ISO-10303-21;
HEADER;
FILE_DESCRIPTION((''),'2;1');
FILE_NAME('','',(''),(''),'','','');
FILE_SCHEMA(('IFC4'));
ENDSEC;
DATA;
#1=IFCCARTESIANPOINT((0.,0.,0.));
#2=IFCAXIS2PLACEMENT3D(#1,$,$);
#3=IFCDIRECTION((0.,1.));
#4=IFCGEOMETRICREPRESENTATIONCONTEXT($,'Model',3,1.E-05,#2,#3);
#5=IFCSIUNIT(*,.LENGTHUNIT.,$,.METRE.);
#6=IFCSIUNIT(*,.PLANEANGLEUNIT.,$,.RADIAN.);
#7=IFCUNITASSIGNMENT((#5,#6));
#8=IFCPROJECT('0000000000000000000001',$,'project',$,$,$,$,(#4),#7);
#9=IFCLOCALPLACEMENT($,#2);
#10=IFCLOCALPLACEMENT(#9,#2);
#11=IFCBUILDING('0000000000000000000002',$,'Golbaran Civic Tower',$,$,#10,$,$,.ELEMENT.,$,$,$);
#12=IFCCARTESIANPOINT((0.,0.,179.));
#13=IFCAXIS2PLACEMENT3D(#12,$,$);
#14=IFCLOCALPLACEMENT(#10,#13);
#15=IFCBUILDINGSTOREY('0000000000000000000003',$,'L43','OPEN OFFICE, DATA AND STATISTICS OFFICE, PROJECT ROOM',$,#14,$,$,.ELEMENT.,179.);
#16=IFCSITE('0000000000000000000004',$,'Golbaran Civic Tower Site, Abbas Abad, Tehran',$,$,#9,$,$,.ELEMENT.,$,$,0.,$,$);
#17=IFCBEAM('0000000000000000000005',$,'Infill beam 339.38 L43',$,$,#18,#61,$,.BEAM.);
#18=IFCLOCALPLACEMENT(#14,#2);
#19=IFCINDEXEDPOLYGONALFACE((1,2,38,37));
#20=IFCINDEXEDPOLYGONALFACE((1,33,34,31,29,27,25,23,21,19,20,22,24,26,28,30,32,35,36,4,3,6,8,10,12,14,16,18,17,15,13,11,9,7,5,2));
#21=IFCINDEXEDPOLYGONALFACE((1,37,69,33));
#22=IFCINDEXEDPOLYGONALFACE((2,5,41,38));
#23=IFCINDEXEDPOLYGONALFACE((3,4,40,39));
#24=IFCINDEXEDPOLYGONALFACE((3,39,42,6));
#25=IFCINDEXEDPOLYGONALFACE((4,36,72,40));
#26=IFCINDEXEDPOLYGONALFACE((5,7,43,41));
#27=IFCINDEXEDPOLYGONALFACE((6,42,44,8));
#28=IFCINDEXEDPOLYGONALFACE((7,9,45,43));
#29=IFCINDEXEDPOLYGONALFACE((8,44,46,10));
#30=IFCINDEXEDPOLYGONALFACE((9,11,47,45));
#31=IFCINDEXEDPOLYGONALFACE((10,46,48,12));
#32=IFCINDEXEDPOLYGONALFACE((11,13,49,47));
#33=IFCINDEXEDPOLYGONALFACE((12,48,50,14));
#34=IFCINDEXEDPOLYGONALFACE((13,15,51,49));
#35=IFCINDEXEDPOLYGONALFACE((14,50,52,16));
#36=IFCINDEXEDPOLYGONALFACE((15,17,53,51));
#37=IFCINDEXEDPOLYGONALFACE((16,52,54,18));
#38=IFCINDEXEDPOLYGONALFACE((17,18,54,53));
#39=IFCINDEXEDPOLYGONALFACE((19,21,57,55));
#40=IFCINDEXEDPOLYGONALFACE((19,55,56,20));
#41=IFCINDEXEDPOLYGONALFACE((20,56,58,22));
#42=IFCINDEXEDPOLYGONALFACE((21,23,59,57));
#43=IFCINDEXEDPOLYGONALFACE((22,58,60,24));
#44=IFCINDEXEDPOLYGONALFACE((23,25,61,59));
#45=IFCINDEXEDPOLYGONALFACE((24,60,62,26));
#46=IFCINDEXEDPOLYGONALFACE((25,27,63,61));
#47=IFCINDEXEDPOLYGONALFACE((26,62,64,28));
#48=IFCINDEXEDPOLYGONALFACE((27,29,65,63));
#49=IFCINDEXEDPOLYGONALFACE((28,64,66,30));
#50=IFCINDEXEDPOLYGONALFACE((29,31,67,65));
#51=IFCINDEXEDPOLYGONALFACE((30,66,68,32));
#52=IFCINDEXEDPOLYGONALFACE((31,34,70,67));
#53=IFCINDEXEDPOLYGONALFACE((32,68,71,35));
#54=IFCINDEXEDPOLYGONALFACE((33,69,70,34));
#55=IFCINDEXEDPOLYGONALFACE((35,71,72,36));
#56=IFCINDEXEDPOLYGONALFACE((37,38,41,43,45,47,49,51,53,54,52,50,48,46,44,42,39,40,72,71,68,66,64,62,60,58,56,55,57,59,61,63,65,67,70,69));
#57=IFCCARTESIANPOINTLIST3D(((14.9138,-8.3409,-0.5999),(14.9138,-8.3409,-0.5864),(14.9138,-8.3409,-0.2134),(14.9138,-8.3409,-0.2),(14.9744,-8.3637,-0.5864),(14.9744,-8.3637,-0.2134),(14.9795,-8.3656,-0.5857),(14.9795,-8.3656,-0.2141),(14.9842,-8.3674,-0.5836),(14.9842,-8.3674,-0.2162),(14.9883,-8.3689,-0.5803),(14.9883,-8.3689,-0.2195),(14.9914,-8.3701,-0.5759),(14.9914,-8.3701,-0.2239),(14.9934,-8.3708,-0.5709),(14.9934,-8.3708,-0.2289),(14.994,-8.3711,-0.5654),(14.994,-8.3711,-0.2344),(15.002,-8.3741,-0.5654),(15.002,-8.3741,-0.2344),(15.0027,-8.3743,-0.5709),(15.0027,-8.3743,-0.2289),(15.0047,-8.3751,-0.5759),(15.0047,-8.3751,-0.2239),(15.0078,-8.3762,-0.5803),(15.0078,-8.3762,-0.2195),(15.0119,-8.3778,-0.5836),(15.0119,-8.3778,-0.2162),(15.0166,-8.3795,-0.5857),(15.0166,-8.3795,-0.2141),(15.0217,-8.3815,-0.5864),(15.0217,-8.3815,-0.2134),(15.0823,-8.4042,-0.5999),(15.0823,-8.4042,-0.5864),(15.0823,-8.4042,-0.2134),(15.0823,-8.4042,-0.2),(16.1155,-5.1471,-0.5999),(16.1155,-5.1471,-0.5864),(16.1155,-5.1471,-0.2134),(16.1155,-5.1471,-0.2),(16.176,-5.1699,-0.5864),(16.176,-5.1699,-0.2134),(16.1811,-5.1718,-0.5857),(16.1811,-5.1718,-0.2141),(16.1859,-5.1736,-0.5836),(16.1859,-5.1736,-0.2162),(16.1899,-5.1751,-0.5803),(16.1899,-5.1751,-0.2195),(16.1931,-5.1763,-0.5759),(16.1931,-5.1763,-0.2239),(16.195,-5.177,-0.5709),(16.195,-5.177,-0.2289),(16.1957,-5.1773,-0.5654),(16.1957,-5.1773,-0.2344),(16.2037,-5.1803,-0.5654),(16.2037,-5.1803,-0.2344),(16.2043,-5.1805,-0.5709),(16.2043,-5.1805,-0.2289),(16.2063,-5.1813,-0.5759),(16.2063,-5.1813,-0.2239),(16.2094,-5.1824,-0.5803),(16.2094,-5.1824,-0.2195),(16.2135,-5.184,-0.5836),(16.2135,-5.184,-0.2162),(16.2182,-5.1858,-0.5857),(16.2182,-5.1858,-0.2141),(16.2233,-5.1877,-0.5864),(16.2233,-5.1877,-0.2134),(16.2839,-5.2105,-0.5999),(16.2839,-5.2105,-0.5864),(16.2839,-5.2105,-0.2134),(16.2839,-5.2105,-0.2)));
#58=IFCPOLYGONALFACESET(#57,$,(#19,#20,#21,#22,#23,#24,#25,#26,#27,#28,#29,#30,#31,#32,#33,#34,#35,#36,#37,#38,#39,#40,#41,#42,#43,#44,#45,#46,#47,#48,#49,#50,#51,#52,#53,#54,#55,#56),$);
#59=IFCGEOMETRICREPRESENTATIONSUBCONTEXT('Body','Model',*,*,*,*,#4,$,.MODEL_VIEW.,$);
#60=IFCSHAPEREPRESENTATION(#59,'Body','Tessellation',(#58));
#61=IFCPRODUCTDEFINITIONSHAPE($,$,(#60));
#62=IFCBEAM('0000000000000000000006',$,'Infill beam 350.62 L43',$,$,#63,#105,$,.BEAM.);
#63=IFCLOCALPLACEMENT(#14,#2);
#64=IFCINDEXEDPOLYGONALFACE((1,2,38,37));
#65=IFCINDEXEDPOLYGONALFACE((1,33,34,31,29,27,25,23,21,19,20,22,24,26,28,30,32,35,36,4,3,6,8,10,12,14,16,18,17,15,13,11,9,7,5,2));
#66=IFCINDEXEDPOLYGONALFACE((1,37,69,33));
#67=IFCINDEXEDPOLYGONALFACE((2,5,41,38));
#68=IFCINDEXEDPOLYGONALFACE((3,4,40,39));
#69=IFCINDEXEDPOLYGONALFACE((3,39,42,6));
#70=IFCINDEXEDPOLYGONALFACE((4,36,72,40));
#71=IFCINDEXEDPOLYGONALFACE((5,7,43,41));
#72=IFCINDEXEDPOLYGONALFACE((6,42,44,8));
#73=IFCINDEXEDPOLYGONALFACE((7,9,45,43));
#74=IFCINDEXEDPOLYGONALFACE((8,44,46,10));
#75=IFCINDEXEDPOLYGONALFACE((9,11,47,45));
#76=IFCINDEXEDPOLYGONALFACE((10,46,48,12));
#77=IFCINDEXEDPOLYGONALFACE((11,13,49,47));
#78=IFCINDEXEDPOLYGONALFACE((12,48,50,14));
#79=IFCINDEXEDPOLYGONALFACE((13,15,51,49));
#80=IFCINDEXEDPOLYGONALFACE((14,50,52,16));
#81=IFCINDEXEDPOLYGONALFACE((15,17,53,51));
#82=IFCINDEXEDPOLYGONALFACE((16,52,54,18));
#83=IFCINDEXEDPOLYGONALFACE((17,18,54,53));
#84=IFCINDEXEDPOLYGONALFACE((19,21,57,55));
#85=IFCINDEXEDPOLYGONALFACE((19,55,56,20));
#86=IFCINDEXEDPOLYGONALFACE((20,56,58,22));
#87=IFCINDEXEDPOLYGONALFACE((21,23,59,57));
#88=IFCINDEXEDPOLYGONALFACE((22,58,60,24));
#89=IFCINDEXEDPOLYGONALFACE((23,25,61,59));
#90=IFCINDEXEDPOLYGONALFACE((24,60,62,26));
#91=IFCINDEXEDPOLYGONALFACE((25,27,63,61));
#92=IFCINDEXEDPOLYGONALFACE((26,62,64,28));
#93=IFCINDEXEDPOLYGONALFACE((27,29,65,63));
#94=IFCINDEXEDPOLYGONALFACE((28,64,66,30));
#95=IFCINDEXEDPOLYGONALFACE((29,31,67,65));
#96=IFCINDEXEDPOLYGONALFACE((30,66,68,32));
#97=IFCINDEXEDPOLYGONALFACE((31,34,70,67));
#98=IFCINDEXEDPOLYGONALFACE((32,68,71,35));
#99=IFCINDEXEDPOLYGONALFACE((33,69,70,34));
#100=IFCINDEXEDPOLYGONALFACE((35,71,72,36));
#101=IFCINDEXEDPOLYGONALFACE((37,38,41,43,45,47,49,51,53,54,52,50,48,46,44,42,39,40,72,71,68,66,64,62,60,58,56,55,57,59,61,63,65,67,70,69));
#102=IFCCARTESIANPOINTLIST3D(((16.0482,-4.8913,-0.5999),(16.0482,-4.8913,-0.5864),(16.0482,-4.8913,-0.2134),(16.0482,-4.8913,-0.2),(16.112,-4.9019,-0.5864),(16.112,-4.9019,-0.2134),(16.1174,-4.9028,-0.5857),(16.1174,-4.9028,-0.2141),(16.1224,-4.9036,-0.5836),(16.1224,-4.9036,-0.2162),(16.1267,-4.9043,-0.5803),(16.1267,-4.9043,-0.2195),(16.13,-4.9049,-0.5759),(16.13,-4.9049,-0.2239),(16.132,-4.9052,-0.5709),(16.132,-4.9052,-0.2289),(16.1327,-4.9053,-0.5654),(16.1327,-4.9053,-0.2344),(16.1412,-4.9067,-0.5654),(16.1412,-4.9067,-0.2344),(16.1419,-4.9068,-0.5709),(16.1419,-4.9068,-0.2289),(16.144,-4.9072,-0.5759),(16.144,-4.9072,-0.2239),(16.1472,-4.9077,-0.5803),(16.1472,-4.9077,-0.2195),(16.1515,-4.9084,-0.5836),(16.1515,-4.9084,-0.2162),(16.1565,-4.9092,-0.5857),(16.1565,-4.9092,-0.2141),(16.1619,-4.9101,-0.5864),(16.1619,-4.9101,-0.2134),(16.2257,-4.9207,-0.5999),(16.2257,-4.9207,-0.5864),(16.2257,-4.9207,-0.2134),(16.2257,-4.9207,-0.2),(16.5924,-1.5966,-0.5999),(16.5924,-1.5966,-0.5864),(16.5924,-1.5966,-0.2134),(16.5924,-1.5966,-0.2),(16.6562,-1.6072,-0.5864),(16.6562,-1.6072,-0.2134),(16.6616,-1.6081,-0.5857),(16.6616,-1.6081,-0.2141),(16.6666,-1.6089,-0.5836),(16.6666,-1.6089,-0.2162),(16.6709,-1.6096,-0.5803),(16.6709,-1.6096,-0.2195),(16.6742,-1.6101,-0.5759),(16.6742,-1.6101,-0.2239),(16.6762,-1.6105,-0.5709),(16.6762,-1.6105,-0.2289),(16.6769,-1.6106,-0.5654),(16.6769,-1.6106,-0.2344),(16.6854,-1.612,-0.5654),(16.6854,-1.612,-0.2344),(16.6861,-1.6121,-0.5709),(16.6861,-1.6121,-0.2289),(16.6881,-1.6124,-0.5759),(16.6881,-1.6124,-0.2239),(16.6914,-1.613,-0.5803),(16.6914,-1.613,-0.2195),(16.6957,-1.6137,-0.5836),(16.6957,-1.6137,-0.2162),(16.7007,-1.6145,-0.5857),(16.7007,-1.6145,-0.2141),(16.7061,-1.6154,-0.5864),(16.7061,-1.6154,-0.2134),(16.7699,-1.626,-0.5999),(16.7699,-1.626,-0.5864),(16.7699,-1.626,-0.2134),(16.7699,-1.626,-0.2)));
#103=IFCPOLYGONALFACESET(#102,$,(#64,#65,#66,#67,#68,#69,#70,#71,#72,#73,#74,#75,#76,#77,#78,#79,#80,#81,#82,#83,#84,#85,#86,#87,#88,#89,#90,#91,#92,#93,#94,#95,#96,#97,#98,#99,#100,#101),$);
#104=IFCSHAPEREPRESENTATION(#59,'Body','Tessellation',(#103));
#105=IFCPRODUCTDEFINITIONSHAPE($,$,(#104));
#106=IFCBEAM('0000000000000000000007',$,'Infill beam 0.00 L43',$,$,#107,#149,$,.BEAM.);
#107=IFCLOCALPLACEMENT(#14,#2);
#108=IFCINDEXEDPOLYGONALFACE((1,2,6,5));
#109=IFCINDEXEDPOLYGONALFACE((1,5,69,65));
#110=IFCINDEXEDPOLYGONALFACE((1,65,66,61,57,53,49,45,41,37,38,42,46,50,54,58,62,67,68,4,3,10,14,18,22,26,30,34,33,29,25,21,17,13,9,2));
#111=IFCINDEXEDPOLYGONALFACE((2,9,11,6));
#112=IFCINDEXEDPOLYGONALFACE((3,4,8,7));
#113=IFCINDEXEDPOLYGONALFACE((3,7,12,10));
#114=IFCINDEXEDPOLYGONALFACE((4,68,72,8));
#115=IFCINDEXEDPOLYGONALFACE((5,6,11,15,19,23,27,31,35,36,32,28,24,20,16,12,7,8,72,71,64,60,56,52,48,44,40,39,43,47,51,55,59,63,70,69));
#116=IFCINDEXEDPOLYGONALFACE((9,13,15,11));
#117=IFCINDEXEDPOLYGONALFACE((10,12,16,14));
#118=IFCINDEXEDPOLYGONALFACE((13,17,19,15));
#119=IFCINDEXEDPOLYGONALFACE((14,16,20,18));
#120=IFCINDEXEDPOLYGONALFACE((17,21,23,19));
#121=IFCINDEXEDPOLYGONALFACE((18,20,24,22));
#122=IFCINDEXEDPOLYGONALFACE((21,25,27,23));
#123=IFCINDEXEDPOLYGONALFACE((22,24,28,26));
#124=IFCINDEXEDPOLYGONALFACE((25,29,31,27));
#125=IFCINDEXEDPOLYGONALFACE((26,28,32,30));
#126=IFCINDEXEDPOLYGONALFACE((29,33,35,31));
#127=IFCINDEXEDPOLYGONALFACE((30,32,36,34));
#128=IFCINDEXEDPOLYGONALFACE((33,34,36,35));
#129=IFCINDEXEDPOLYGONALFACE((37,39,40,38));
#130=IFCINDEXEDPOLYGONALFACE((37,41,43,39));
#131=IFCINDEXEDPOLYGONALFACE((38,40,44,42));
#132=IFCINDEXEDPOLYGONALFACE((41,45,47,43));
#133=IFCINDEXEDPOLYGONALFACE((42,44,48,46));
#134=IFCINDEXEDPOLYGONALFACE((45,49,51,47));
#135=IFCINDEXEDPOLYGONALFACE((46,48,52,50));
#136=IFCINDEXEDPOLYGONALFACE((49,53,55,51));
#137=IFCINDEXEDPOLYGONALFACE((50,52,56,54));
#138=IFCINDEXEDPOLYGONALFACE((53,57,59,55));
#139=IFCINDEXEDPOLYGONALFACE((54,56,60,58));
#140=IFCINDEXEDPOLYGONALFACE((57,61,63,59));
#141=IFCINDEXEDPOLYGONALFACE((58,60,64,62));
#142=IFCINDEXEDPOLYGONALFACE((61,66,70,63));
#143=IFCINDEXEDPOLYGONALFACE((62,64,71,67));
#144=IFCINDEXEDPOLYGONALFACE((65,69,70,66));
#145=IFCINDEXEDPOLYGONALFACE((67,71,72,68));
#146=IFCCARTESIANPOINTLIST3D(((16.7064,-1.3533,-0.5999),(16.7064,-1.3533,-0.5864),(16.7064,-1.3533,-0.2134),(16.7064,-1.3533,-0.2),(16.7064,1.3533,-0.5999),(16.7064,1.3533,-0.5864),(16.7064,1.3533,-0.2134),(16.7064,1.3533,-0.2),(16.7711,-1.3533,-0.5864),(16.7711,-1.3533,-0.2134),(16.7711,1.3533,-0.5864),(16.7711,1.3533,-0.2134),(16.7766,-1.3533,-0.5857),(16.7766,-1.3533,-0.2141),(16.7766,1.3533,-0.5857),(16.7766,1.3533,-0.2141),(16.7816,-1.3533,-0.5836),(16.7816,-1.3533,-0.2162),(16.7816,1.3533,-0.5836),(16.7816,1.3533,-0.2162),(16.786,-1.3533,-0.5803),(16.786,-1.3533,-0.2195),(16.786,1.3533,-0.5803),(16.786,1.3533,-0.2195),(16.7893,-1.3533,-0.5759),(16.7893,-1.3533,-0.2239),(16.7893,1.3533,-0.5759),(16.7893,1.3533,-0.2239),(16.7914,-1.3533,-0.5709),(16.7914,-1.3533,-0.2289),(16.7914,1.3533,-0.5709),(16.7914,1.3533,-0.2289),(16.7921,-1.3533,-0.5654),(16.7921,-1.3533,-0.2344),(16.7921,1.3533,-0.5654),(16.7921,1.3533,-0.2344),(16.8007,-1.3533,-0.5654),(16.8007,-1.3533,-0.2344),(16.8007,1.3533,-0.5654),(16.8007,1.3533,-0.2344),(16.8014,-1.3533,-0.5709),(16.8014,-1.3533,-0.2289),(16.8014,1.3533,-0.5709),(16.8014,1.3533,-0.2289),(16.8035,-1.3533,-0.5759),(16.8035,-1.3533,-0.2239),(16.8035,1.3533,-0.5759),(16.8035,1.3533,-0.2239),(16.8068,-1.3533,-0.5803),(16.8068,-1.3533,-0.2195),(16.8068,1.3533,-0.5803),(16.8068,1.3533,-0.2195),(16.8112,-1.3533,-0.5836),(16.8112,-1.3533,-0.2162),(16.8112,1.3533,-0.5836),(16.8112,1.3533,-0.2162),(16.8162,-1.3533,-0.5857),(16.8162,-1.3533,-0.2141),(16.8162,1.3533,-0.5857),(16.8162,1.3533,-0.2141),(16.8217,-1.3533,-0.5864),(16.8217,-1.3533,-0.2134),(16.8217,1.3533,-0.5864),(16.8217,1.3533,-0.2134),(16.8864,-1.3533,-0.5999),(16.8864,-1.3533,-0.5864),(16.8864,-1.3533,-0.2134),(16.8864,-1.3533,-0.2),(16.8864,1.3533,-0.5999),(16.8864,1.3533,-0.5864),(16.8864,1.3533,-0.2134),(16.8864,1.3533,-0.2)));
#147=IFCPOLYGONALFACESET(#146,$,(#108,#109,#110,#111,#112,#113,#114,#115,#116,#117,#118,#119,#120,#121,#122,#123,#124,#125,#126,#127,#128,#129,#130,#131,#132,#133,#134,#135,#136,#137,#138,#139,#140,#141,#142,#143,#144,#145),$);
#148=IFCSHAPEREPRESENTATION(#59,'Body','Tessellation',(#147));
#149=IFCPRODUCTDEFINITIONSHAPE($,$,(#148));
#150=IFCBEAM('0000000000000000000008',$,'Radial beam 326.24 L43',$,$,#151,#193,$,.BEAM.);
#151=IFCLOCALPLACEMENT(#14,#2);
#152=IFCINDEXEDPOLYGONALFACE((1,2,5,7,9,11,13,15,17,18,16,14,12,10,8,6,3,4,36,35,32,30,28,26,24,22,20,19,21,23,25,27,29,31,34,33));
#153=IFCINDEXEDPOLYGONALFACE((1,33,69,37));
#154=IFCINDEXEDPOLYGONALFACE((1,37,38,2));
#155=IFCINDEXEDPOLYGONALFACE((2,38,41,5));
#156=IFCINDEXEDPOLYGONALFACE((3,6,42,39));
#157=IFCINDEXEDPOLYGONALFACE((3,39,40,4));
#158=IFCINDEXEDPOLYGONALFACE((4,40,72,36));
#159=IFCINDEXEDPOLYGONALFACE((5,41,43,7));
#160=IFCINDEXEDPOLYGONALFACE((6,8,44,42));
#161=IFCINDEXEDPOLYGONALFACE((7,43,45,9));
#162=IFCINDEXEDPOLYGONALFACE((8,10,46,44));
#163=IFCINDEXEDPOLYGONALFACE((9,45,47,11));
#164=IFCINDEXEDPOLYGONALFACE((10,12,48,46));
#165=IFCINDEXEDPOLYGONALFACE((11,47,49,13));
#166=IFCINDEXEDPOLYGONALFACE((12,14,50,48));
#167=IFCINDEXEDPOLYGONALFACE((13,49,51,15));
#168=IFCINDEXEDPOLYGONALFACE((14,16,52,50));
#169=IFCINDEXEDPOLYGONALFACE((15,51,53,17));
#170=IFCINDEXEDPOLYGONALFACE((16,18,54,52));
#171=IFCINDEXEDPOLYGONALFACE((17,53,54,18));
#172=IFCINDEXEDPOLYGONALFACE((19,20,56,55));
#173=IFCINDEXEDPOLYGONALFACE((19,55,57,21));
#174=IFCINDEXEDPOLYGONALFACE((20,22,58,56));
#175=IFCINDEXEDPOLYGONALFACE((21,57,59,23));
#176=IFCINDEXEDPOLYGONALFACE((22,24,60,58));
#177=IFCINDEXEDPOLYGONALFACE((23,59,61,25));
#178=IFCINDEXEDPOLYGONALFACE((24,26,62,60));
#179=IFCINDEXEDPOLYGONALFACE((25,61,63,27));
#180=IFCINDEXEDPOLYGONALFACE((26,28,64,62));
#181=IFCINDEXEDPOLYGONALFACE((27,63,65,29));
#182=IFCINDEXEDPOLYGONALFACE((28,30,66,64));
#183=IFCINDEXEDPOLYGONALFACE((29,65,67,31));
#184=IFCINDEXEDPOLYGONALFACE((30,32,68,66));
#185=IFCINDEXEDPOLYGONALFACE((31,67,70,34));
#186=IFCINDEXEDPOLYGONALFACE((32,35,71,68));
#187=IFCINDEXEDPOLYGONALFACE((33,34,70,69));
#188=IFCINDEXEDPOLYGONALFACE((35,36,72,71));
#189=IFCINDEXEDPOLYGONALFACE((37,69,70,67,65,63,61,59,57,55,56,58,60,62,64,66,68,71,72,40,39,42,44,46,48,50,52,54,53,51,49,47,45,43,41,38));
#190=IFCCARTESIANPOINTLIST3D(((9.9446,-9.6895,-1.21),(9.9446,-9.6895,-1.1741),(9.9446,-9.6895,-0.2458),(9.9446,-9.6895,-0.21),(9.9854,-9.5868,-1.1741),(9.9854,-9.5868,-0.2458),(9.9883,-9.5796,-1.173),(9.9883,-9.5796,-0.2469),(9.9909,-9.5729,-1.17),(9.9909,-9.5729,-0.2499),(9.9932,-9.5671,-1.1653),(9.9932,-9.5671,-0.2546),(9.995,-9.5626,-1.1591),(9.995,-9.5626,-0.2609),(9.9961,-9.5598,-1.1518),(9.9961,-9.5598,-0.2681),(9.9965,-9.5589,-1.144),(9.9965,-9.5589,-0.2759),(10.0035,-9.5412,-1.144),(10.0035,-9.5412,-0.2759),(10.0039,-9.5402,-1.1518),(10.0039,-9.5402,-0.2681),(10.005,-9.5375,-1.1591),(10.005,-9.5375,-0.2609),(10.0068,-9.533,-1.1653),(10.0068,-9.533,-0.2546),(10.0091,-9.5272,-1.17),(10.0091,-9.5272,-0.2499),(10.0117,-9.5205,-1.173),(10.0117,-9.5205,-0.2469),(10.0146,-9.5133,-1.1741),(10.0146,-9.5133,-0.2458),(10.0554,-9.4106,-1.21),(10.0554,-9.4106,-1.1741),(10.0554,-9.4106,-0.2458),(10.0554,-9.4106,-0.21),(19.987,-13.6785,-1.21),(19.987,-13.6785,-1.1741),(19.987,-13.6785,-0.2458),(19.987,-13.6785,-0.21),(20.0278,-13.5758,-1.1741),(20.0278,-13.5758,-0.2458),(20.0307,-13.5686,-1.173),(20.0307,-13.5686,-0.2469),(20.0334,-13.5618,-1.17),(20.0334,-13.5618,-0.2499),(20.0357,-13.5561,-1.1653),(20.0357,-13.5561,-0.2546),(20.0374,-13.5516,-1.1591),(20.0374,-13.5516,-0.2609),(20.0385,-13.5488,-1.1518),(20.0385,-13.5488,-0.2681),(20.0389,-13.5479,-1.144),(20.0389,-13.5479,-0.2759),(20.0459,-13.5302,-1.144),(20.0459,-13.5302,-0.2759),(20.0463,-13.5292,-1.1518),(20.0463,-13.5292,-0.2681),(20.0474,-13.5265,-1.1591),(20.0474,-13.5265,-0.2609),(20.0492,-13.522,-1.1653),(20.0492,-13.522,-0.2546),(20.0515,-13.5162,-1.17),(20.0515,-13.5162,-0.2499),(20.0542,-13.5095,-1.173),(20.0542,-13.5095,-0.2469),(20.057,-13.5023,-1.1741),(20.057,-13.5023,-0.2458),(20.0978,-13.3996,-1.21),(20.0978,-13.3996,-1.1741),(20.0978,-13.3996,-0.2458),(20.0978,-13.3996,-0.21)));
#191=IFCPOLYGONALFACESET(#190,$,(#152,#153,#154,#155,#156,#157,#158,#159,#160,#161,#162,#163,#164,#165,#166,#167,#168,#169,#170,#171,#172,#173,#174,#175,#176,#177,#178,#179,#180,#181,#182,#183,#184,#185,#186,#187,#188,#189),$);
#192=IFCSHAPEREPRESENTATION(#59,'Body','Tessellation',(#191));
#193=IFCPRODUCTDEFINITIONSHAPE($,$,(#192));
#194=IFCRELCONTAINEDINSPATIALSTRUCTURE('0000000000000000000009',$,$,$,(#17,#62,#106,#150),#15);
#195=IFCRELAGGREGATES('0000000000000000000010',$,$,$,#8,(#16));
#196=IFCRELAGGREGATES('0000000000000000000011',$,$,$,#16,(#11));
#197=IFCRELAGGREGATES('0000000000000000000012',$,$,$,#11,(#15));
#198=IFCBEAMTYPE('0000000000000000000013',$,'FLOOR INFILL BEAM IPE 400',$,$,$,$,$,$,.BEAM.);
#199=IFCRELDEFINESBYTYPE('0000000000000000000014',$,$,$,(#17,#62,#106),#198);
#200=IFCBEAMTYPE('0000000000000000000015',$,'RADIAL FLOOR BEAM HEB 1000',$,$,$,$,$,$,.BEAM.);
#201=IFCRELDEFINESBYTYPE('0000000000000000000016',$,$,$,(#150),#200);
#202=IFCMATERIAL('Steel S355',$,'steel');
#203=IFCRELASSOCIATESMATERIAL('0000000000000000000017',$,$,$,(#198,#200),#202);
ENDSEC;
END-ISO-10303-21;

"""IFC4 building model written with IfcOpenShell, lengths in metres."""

from ifc_helpers import new_model, si_unit, direction, frame, origin, origin_2d, place, context, subcontext, project, spatial, i_section, extrude, material, material_profile, profile_set, type_object, element, save


model = new_model("IFC4")

# Units and contexts
model_context = context("Model", 3, precision=1e-05, world=origin(), true_north=direction((0.0, 1.0)))
body_context = subcontext(model_context, "Body", "Model", "MODEL_VIEW")
ifc_project = project(units=[si_unit("LENGTHUNIT", "METRE"), si_unit("PLANEANGLEUNIT", "RADIAN")], contexts=[model_context])

# Site, building, storey
site_placement = place(None, origin())
site = spatial("IfcSite", under=ifc_project, at=site_placement, Name="Golbaran Civic Tower Site, Abbas Abad, Tehran", CompositionType="ELEMENT", RefElevation=0.0)
building_placement = place(site_placement, origin())
building = spatial("IfcBuilding", under=site, at=building_placement, Name="Golbaran Civic Tower", CompositionType="ELEMENT")
storey_placement = place(building_placement, frame((0.0, 0.0, 179.0)))
storey = spatial("IfcBuildingStorey", under=building, at=storey_placement, Name="L43", Description="OPEN OFFICE, DATA AND STATISTICS OFFICE, PROJECT ROOM", CompositionType="ELEMENT", Elevation=179.0)

# Beams
ifc_material_1 = material(Name="Steel S355", Category="steel")
ifc_material_profile_1 = material_profile(ifc_material_1, i_section(OverallWidth=0.1799, OverallDepth=0.3999, WebThickness=0.0085, FlangeThickness=0.0134, FilletRadius=0.021, at=origin_2d()), Name="IPE 400")
ifc_profile_set_1 = profile_set([ifc_material_profile_1], Name="Steel S355")
beam_type_1 = type_object("IfcBeamType", Name="FLOOR INFILL BEAM IPE 400", PredefinedType="BEAM", material=ifc_profile_set_1)
beam_1_placement = place(storey_placement, frame((14.998, -8.3726, -0.3999), z_axis=(0.352142, 0.935946, 0.0), x_axis=(-0.935946, 0.352142, 0.0)))
element("IfcBeam", 1, at=beam_1_placement, inside=storey, type_object=beam_type_1, Name="Infill beam 339.38 L43", PredefinedType="BEAM", context=body_context, shape_type="SweptSolid", body=[
    extrude(i_section(OverallWidth=0.1799, OverallDepth=0.3999, WebThickness=0.0085, FlangeThickness=0.0134, FilletRadius=0.021, at=origin_2d()), origin(), (0.0, 0.0, 1.0), 3.4124),
])
beam_2_placement = place(storey_placement, frame((16.137, -4.906, -0.3999), z_axis=(0.162964, 0.986632, 0.0), x_axis=(-0.986632, 0.162964, 0.0)))
element("IfcBeam", 2, at=beam_2_placement, inside=storey, type_object=beam_type_1, Name="Infill beam 350.62 L43", PredefinedType="BEAM", context=body_context, shape_type="SweptSolid", body=[
    extrude(i_section(OverallWidth=0.1799, OverallDepth=0.3999, WebThickness=0.0085, FlangeThickness=0.0134, FilletRadius=0.021, at=origin_2d()), origin(), (0.0, 0.0, 1.0), 3.3394),
])
beam_3_placement = place(storey_placement, frame((16.7964, -1.3533, -0.3999), z_axis=(0.0, 1.0, 0.0), x_axis=(-1.0, 0.0, 0.0)))
element("IfcBeam", 3, at=beam_3_placement, inside=storey, type_object=beam_type_1, Name="Infill beam 0.00 L43", PredefinedType="BEAM", context=body_context, shape_type="SweptSolid", body=[
    extrude(i_section(OverallWidth=0.1799, OverallDepth=0.3999, WebThickness=0.0085, FlangeThickness=0.0134, FilletRadius=0.021, at=origin_2d()), origin(), (0.0, 0.0, 1.0), 2.7065),
])
ifc_material_profile_2 = material_profile(ifc_material_1, i_section(OverallWidth=0.3, OverallDepth=1.0, WebThickness=0.019, FlangeThickness=0.0359, FilletRadius=0.03, at=origin_2d()), Name="HEB 1000")
ifc_profile_set_2 = profile_set([ifc_material_profile_2], Name="Steel S355")
beam_type_2 = type_object("IfcBeamType", Name="RADIAL FLOOR BEAM HEB 1000", PredefinedType="BEAM", material=ifc_profile_set_2)
beam_4_placement = place(storey_placement, frame((10.0, -9.55, -0.71), z_axis=(0.929367, -0.369158, 0.0), x_axis=(0.369158, 0.929367, 0.0)))
element("IfcBeam", 4, at=beam_4_placement, inside=storey, type_object=beam_type_2, Name="Radial beam 326.24 L43", PredefinedType="BEAM", context=body_context, shape_type="SweptSolid", body=[
    extrude(i_section(OverallWidth=0.3, OverallDepth=1.0, WebThickness=0.019, FlangeThickness=0.0359, FilletRadius=0.03, at=origin_2d()), origin(), (0.0, 0.0, 1.0), 10.8057),
])

save(model, "model.ifc")
